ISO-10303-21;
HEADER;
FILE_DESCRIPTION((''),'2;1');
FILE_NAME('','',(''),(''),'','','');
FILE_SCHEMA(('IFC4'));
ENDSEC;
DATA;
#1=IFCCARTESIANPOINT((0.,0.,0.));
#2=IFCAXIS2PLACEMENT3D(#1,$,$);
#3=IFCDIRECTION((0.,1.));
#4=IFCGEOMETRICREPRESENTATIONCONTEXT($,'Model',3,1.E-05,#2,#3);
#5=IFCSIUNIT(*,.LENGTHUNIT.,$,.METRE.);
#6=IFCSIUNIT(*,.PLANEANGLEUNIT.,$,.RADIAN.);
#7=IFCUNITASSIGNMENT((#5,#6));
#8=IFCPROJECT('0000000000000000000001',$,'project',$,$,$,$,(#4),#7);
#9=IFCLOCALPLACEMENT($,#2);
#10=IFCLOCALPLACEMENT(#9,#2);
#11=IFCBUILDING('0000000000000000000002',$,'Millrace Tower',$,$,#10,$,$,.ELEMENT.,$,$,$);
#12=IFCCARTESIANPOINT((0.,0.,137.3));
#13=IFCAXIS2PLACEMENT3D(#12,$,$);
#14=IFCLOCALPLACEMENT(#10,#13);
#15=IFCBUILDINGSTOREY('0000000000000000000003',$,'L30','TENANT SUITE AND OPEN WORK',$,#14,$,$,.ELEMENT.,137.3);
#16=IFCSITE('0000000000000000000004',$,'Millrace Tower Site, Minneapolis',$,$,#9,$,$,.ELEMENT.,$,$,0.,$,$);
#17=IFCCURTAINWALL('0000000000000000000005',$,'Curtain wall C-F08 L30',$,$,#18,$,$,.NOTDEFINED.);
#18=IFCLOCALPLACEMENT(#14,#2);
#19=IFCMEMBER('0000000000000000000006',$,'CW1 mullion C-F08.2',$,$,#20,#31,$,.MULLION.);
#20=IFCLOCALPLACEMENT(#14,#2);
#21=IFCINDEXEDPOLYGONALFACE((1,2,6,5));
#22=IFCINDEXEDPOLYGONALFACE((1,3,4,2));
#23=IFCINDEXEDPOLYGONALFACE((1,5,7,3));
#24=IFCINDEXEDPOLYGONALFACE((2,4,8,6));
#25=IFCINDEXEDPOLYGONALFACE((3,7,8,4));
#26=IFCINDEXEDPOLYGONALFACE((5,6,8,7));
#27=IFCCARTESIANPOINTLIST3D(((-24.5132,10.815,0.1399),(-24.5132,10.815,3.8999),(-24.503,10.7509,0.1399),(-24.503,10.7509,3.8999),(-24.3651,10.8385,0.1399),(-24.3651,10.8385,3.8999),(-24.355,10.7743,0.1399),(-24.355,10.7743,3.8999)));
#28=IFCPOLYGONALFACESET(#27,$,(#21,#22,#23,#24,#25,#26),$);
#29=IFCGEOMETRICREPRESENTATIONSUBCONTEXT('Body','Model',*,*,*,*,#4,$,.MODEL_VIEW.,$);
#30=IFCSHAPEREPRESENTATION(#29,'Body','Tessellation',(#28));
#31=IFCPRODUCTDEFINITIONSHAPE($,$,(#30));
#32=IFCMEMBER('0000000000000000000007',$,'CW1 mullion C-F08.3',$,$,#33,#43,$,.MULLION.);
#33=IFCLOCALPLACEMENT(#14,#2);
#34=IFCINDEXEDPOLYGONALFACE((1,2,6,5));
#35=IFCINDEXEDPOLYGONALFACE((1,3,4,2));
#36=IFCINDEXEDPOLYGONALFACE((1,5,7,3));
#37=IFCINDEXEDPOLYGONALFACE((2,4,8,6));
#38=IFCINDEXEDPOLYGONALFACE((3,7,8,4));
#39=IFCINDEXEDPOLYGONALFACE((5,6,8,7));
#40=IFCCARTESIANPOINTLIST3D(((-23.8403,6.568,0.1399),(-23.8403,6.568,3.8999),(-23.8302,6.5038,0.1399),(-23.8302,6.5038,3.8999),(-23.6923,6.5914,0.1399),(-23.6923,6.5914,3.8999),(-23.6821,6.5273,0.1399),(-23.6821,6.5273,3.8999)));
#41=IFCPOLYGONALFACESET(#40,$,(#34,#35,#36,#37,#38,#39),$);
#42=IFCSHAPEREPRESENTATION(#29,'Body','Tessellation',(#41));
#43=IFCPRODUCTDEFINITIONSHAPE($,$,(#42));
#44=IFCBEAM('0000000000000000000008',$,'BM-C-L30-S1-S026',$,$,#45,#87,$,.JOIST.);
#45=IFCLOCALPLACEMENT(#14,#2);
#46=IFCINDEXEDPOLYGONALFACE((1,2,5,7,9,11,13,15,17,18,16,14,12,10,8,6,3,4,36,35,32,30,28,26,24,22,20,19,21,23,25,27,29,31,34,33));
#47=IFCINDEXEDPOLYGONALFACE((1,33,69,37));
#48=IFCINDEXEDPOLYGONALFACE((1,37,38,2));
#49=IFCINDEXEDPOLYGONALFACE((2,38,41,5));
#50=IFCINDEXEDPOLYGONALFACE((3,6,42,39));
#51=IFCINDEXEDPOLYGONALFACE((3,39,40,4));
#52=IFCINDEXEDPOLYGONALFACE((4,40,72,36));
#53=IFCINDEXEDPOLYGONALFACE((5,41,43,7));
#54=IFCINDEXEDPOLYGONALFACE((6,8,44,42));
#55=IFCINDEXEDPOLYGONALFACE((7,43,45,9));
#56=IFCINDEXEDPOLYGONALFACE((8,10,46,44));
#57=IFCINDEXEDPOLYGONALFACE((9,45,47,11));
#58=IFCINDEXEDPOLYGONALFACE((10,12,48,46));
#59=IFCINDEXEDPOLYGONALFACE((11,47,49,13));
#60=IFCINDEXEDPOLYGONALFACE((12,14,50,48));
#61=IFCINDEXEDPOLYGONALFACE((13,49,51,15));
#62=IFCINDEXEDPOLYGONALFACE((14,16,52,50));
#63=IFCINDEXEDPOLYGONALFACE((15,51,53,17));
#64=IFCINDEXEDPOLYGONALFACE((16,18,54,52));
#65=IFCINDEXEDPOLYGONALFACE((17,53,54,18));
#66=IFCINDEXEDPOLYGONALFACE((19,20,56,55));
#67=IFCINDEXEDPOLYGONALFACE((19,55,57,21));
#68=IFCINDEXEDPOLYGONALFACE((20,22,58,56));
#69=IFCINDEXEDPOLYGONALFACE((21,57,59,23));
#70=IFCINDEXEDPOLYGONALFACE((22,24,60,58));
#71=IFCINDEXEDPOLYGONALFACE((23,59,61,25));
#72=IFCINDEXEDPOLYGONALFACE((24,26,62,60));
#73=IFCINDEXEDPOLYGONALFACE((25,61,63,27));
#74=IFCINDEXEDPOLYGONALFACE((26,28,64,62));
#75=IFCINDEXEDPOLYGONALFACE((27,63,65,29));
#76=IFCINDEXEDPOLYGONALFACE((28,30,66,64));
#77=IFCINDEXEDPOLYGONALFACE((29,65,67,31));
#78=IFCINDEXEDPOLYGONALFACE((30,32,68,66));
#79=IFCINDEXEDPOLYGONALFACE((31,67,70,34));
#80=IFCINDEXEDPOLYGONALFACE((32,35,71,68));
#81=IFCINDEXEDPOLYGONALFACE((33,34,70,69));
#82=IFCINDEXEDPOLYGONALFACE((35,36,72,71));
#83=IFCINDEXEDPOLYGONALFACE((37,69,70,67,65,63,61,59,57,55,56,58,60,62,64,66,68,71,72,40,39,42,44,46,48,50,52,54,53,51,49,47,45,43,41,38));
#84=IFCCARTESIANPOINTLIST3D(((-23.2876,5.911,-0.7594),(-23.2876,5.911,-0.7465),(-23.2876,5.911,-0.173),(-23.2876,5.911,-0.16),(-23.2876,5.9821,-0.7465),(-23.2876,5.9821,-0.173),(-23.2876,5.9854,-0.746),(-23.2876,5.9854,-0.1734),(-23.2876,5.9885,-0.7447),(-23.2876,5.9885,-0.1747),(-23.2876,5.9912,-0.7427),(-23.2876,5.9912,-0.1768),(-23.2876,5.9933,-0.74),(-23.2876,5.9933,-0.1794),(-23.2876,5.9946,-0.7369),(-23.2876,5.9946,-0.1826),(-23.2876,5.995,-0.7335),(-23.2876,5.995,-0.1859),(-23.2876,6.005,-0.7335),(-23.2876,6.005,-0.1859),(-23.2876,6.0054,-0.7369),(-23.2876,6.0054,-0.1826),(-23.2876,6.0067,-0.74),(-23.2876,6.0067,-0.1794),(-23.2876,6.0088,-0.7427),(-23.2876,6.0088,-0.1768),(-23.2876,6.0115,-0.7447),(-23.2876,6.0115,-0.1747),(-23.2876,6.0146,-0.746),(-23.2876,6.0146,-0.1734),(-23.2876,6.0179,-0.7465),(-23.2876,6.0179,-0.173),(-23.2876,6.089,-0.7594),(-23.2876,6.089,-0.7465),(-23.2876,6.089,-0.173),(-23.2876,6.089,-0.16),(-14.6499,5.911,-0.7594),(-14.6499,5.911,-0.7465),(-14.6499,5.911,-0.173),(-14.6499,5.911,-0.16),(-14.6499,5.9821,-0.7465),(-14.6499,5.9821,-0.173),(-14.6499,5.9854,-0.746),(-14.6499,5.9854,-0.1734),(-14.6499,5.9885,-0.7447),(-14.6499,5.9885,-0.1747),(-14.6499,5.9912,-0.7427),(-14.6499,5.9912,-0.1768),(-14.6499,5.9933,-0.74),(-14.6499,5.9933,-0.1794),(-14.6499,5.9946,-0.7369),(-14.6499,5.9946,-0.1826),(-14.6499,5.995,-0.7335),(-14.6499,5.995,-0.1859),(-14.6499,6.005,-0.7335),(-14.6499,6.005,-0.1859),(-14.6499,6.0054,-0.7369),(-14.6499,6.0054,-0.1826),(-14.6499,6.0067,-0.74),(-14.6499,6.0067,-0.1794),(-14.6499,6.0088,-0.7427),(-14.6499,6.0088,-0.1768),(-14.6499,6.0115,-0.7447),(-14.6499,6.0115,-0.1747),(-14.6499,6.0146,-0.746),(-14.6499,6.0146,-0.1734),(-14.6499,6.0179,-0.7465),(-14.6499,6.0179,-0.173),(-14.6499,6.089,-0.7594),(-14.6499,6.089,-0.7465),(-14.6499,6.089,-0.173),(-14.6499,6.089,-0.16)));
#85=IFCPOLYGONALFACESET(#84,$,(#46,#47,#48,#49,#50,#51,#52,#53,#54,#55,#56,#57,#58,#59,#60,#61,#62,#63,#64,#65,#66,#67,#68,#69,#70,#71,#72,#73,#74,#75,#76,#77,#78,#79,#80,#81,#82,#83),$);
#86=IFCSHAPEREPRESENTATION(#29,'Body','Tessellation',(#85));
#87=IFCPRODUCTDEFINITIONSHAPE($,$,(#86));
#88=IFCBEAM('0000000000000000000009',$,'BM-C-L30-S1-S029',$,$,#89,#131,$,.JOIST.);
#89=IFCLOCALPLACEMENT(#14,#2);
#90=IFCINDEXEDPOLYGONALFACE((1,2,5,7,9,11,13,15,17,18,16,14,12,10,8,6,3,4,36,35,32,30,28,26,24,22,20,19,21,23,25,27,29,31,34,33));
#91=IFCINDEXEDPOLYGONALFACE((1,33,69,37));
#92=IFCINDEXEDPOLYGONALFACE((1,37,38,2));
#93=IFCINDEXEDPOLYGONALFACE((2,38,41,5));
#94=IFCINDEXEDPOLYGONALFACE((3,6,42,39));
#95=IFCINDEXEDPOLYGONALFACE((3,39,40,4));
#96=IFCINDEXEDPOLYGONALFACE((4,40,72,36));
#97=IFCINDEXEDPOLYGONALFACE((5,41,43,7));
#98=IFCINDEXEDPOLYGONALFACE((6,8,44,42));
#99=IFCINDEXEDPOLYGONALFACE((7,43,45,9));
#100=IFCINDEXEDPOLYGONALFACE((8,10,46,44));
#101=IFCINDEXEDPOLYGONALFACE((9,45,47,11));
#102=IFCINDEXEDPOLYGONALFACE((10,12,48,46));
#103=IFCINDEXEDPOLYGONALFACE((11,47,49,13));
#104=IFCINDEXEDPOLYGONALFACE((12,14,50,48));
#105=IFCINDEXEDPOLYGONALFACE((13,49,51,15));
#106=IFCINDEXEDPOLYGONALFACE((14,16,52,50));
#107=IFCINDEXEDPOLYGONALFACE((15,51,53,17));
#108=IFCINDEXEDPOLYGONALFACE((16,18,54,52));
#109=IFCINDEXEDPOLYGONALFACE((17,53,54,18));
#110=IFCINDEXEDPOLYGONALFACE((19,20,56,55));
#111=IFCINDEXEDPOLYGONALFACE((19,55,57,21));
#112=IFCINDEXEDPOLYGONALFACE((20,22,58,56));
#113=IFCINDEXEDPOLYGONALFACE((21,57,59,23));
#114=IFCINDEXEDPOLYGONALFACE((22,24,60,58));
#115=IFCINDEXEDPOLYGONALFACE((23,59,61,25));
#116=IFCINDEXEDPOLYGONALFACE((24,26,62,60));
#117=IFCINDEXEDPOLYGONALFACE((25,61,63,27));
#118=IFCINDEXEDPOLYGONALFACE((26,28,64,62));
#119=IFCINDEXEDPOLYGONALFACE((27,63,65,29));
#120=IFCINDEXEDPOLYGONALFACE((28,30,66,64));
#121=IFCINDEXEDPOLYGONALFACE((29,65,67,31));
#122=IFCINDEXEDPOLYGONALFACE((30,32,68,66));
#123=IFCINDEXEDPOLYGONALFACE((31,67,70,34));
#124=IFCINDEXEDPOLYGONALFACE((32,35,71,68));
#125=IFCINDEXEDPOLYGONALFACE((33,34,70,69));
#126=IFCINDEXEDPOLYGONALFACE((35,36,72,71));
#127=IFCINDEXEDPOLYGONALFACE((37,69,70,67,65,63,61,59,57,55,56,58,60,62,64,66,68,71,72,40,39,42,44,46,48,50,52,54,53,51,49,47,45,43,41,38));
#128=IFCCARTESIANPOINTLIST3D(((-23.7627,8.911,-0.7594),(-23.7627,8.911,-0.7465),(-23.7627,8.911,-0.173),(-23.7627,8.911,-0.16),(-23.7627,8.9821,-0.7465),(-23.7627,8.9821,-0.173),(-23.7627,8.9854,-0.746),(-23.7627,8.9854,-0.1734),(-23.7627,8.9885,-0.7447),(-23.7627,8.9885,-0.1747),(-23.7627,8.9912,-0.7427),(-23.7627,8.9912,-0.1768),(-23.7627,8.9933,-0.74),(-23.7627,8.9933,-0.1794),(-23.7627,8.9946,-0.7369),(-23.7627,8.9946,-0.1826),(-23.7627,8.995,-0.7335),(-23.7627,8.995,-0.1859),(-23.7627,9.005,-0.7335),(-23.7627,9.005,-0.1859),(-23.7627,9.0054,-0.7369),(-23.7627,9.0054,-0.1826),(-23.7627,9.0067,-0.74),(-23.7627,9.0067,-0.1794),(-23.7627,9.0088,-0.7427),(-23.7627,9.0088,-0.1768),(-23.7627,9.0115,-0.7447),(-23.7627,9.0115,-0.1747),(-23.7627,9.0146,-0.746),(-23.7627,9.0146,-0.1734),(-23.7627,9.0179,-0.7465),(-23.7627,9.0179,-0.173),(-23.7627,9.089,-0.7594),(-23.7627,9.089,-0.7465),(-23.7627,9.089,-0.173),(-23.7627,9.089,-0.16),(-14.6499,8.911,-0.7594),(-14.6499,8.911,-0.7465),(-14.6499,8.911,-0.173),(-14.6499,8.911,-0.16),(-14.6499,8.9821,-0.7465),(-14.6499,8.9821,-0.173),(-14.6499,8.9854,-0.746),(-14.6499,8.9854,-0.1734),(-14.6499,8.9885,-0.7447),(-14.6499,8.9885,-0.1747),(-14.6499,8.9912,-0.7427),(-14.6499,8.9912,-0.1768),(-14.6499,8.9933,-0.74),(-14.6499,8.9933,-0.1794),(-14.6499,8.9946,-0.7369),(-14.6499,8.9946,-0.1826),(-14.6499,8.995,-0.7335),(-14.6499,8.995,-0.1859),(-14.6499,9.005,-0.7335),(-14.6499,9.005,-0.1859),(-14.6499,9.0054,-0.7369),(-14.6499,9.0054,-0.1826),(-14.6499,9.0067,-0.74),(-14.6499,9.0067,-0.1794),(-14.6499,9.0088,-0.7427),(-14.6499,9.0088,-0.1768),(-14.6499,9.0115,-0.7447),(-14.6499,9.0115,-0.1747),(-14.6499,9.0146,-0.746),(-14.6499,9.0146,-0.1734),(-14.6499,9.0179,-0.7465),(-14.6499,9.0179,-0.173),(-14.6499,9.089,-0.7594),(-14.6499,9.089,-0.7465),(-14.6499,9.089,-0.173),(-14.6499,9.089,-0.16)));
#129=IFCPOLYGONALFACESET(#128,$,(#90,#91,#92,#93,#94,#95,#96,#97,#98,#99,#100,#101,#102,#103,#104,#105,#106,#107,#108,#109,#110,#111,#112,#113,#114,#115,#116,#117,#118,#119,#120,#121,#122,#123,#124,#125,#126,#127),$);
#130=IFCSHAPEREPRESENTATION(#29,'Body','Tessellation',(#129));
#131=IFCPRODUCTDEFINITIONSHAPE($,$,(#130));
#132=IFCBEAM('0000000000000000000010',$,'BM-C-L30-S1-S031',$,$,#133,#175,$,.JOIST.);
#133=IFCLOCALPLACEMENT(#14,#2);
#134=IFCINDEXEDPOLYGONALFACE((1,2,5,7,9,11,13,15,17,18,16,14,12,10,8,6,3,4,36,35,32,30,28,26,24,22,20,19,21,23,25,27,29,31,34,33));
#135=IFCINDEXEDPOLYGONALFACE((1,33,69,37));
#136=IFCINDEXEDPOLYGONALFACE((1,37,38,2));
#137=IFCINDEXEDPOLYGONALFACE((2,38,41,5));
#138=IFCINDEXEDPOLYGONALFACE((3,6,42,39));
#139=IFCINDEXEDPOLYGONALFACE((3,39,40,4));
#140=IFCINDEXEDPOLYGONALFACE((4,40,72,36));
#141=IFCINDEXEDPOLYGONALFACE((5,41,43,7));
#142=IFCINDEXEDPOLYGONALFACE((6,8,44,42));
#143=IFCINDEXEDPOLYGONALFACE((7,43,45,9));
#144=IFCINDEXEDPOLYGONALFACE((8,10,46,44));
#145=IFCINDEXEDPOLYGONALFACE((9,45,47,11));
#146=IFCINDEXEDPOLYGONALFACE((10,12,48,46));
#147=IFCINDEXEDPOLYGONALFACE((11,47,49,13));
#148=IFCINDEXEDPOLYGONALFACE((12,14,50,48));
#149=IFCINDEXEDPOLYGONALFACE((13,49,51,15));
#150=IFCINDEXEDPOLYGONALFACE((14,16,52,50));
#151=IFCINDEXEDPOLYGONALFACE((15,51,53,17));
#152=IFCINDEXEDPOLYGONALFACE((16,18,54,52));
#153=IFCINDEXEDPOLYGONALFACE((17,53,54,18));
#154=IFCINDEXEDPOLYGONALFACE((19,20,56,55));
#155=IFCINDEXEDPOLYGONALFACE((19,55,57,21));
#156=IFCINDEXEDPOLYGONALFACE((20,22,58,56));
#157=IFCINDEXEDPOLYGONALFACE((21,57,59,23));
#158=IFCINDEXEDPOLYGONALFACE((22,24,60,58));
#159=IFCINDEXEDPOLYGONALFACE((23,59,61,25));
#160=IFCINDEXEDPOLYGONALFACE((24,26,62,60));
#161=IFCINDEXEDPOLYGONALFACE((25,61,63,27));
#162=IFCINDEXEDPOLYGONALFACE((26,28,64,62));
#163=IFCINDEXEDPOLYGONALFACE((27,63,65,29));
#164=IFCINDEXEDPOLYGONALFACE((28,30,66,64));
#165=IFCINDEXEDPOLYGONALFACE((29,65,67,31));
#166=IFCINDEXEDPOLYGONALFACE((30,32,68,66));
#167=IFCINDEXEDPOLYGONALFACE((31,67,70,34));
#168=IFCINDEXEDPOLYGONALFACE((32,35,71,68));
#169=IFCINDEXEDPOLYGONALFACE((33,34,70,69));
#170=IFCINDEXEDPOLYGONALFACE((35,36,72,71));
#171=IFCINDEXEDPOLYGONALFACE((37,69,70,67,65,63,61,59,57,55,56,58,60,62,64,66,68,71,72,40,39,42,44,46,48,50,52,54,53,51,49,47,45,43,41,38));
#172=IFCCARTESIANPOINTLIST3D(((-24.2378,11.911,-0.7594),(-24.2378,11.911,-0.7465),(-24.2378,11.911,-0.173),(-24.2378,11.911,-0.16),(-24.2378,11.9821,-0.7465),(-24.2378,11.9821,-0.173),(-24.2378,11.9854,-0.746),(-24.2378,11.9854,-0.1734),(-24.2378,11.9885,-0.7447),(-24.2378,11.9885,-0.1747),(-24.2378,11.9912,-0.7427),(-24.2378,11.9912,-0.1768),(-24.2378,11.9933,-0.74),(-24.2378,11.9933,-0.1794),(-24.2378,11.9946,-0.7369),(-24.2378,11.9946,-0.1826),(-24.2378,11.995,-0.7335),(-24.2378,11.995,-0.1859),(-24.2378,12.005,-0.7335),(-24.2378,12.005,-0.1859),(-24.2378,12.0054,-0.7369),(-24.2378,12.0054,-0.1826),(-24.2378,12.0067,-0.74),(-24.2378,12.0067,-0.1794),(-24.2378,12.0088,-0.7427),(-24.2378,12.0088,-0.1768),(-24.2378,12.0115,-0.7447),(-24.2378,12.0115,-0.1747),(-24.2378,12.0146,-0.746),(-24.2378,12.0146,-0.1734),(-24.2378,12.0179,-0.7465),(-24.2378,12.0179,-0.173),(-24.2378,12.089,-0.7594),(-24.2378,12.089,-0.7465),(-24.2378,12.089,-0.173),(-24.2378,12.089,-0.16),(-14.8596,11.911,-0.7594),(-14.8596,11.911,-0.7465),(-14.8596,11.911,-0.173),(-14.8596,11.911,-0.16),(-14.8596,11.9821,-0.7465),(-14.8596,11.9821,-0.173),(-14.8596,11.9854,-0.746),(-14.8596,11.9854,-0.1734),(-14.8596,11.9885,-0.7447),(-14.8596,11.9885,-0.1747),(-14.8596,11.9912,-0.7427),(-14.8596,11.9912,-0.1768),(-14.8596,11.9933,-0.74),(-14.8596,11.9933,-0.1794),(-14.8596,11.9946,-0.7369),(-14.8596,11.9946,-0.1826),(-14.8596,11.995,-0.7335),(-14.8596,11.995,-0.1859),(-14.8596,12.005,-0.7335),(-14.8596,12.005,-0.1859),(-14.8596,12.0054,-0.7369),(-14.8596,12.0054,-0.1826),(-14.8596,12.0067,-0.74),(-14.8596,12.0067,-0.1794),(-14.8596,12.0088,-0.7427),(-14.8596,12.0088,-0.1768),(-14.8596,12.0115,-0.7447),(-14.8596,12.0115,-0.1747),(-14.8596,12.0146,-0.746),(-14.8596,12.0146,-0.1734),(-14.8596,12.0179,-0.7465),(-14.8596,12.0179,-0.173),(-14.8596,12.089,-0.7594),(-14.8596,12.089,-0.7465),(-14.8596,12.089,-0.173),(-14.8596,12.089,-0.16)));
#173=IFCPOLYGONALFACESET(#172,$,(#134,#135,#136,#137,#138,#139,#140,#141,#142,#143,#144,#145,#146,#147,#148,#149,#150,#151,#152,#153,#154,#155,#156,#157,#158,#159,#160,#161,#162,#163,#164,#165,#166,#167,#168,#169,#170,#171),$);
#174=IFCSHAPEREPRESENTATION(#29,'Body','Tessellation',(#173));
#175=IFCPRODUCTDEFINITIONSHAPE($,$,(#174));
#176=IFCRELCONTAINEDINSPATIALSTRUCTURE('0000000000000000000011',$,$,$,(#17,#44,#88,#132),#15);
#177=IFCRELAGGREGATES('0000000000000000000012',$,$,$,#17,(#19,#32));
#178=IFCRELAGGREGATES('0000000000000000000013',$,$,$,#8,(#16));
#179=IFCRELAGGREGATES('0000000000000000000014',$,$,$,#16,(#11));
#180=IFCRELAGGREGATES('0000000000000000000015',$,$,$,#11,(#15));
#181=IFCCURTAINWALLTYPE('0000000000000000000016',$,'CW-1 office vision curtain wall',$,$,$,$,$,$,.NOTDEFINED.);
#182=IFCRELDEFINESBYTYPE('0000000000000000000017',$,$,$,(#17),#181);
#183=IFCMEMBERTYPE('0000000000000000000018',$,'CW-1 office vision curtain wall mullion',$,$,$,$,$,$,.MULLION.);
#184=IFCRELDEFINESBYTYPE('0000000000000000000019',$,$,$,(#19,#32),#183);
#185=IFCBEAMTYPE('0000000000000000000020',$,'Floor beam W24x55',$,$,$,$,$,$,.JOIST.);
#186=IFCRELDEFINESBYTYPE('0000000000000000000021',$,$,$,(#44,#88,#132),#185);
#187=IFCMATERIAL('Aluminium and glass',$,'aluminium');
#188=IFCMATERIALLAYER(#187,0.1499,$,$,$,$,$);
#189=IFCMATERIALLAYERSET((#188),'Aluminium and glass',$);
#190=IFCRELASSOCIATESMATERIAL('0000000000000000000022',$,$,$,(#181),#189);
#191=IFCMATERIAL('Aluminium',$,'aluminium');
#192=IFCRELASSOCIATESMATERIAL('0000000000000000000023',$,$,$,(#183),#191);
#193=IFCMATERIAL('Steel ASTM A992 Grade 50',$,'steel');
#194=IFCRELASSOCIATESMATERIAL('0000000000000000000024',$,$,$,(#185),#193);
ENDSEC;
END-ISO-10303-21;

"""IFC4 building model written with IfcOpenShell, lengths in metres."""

from ifc_helpers import new_model, si_unit, direction, frame, origin, origin_2d, place, context, subcontext, project, spatial, rectangle, i_section, extrude, material, layer, layer_set, material_profile, profile_set, type_object, element, aggregate, save


model = new_model("IFC4")

# Units and contexts
model_context = context("Model", 3, precision=1e-05, world=origin(), true_north=direction((0.0, 1.0)))
body_context = subcontext(model_context, "Body", "Model", "MODEL_VIEW")
ifc_project = project(units=[si_unit("LENGTHUNIT", "METRE"), si_unit("PLANEANGLEUNIT", "RADIAN")], contexts=[model_context])

# Site, building, storey
site_placement = place(None, origin())
site = spatial("IfcSite", under=ifc_project, at=site_placement, Name="Millrace Tower Site, Minneapolis", CompositionType="ELEMENT", RefElevation=0.0)
building_placement = place(site_placement, origin())
building = spatial("IfcBuilding", under=site, at=building_placement, Name="Millrace Tower", CompositionType="ELEMENT")
storey_placement = place(building_placement, frame((0.0, 0.0, 137.3)))
storey = spatial("IfcBuildingStorey", under=building, at=storey_placement, Name="L30", Description="TENANT SUITE AND OPEN WORK", CompositionType="ELEMENT", Elevation=137.3)

# Curtain wall, members
ifc_material_1 = material(Name="Aluminium and glass", Category="aluminium")
ifc_layer_1 = layer(ifc_material_1, 0.1499)
ifc_layer_set_1 = layer_set([ifc_layer_1], Name="Aluminium and glass")
curtain_wall_type = type_object("IfcCurtainWallType", Name="CW-1 office vision curtain wall", PredefinedType="NOTDEFINED", material=ifc_layer_set_1)
curtain_wall_placement = place(storey_placement, origin())
curtain_wall = element("IfcCurtainWall", 1, at=curtain_wall_placement, inside=storey, type_object=curtain_wall_type, Name="Curtain wall C-F08 L30", PredefinedType="NOTDEFINED")
ifc_material_2 = material(Name="Aluminium", Category="aluminium")
ifc_material_profile_1 = material_profile(ifc_material_2, rectangle(XDim=0.0649, YDim=0.1499, at=origin_2d()))
ifc_profile_set_1 = profile_set([ifc_material_profile_1], Name="Aluminium")
member_type = type_object("IfcMemberType", Name="CW-1 office vision curtain wall mullion", PredefinedType="MULLION", material=ifc_profile_set_1)
member_1_placement = place(storey_placement, frame((-24.4341, 10.7947, 0.1399), z_axis=(0.0, 0.0, 1.0), x_axis=(0.156434, -0.987688, 0.0)))
member_1 = element("IfcMember", 2, at=member_1_placement, type_object=member_type, Name="CW1 mullion C-F08.2", PredefinedType="MULLION", context=body_context, shape_type="SweptSolid", body=[
    extrude(rectangle(XDim=0.0649, YDim=0.1499, at=origin_2d()), origin(), (0.0, 0.0, 1.0), 3.76),
])
member_2_placement = place(storey_placement, frame((-23.7612, 6.5476, 0.1399), z_axis=(0.0, 0.0, 1.0), x_axis=(0.156434, -0.987688, 0.0)))
member_2 = element("IfcMember", 3, at=member_2_placement, type_object=member_type, Name="CW1 mullion C-F08.3", PredefinedType="MULLION", context=body_context, shape_type="SweptSolid", body=[
    extrude(rectangle(XDim=0.0649, YDim=0.1499, at=origin_2d()), origin(), (0.0, 0.0, 1.0), 3.76),
])
aggregate(curtain_wall, [member_1, member_2])

# Beams
ifc_material_3 = material(Name="Steel ASTM A992 Grade 50", Category="steel")
ifc_material_profile_2 = material_profile(ifc_material_3, i_section(OverallWidth=0.178, OverallDepth=0.5994, WebThickness=0.01, FlangeThickness=0.0129, FilletRadius=0.0129, at=origin_2d()))
ifc_profile_set_2 = profile_set([ifc_material_profile_2], Name="Steel ASTM A992 Grade 50")
beam_type_1 = type_object("IfcBeamType", Name="Floor beam W24x55", PredefinedType="JOIST", material=ifc_profile_set_2)
beam_1_placement = place(storey_placement, frame((-23.2876, 6.0, -0.4597), z_axis=(1.0, 0.0, 0.0), x_axis=(0.0, 1.0, 0.0)))
element("IfcBeam", 4, at=beam_1_placement, inside=storey, type_object=beam_type_1, Name="BM-C-L30-S1-S026", PredefinedType="JOIST", context=body_context, shape_type="SweptSolid", body=[
    extrude(i_section(OverallWidth=0.178, OverallDepth=0.5994, WebThickness=0.01, FlangeThickness=0.0129, FilletRadius=0.0129, at=origin_2d()), origin(), (0.0, 0.0, 1.0), 8.6377),
])
beam_2_placement = place(storey_placement, frame((-23.7627, 9.0, -0.4597), z_axis=(1.0, 0.0, 0.0), x_axis=(0.0, 1.0, 0.0)))
element("IfcBeam", 5, at=beam_2_placement, inside=storey, type_object=beam_type_1, Name="BM-C-L30-S1-S029", PredefinedType="JOIST", context=body_context, shape_type="SweptSolid", body=[
    extrude(i_section(OverallWidth=0.178, OverallDepth=0.5994, WebThickness=0.01, FlangeThickness=0.0129, FilletRadius=0.0129, at=origin_2d()), origin(), (0.0, 0.0, 1.0), 9.1128),
])
beam_3_placement = place(storey_placement, frame((-24.2378, 12.0, -0.4597), z_axis=(1.0, 0.0, 0.0), x_axis=(0.0, 1.0, 0.0)))
element("IfcBeam", 6, at=beam_3_placement, inside=storey, type_object=beam_type_1, Name="BM-C-L30-S1-S031", PredefinedType="JOIST", context=body_context, shape_type="SweptSolid", body=[
    extrude(i_section(OverallWidth=0.178, OverallDepth=0.5994, WebThickness=0.01, FlangeThickness=0.0129, FilletRadius=0.0129, at=origin_2d()), origin(), (0.0, 0.0, 1.0), 9.3782),
])

save(model, "model.ifc")
